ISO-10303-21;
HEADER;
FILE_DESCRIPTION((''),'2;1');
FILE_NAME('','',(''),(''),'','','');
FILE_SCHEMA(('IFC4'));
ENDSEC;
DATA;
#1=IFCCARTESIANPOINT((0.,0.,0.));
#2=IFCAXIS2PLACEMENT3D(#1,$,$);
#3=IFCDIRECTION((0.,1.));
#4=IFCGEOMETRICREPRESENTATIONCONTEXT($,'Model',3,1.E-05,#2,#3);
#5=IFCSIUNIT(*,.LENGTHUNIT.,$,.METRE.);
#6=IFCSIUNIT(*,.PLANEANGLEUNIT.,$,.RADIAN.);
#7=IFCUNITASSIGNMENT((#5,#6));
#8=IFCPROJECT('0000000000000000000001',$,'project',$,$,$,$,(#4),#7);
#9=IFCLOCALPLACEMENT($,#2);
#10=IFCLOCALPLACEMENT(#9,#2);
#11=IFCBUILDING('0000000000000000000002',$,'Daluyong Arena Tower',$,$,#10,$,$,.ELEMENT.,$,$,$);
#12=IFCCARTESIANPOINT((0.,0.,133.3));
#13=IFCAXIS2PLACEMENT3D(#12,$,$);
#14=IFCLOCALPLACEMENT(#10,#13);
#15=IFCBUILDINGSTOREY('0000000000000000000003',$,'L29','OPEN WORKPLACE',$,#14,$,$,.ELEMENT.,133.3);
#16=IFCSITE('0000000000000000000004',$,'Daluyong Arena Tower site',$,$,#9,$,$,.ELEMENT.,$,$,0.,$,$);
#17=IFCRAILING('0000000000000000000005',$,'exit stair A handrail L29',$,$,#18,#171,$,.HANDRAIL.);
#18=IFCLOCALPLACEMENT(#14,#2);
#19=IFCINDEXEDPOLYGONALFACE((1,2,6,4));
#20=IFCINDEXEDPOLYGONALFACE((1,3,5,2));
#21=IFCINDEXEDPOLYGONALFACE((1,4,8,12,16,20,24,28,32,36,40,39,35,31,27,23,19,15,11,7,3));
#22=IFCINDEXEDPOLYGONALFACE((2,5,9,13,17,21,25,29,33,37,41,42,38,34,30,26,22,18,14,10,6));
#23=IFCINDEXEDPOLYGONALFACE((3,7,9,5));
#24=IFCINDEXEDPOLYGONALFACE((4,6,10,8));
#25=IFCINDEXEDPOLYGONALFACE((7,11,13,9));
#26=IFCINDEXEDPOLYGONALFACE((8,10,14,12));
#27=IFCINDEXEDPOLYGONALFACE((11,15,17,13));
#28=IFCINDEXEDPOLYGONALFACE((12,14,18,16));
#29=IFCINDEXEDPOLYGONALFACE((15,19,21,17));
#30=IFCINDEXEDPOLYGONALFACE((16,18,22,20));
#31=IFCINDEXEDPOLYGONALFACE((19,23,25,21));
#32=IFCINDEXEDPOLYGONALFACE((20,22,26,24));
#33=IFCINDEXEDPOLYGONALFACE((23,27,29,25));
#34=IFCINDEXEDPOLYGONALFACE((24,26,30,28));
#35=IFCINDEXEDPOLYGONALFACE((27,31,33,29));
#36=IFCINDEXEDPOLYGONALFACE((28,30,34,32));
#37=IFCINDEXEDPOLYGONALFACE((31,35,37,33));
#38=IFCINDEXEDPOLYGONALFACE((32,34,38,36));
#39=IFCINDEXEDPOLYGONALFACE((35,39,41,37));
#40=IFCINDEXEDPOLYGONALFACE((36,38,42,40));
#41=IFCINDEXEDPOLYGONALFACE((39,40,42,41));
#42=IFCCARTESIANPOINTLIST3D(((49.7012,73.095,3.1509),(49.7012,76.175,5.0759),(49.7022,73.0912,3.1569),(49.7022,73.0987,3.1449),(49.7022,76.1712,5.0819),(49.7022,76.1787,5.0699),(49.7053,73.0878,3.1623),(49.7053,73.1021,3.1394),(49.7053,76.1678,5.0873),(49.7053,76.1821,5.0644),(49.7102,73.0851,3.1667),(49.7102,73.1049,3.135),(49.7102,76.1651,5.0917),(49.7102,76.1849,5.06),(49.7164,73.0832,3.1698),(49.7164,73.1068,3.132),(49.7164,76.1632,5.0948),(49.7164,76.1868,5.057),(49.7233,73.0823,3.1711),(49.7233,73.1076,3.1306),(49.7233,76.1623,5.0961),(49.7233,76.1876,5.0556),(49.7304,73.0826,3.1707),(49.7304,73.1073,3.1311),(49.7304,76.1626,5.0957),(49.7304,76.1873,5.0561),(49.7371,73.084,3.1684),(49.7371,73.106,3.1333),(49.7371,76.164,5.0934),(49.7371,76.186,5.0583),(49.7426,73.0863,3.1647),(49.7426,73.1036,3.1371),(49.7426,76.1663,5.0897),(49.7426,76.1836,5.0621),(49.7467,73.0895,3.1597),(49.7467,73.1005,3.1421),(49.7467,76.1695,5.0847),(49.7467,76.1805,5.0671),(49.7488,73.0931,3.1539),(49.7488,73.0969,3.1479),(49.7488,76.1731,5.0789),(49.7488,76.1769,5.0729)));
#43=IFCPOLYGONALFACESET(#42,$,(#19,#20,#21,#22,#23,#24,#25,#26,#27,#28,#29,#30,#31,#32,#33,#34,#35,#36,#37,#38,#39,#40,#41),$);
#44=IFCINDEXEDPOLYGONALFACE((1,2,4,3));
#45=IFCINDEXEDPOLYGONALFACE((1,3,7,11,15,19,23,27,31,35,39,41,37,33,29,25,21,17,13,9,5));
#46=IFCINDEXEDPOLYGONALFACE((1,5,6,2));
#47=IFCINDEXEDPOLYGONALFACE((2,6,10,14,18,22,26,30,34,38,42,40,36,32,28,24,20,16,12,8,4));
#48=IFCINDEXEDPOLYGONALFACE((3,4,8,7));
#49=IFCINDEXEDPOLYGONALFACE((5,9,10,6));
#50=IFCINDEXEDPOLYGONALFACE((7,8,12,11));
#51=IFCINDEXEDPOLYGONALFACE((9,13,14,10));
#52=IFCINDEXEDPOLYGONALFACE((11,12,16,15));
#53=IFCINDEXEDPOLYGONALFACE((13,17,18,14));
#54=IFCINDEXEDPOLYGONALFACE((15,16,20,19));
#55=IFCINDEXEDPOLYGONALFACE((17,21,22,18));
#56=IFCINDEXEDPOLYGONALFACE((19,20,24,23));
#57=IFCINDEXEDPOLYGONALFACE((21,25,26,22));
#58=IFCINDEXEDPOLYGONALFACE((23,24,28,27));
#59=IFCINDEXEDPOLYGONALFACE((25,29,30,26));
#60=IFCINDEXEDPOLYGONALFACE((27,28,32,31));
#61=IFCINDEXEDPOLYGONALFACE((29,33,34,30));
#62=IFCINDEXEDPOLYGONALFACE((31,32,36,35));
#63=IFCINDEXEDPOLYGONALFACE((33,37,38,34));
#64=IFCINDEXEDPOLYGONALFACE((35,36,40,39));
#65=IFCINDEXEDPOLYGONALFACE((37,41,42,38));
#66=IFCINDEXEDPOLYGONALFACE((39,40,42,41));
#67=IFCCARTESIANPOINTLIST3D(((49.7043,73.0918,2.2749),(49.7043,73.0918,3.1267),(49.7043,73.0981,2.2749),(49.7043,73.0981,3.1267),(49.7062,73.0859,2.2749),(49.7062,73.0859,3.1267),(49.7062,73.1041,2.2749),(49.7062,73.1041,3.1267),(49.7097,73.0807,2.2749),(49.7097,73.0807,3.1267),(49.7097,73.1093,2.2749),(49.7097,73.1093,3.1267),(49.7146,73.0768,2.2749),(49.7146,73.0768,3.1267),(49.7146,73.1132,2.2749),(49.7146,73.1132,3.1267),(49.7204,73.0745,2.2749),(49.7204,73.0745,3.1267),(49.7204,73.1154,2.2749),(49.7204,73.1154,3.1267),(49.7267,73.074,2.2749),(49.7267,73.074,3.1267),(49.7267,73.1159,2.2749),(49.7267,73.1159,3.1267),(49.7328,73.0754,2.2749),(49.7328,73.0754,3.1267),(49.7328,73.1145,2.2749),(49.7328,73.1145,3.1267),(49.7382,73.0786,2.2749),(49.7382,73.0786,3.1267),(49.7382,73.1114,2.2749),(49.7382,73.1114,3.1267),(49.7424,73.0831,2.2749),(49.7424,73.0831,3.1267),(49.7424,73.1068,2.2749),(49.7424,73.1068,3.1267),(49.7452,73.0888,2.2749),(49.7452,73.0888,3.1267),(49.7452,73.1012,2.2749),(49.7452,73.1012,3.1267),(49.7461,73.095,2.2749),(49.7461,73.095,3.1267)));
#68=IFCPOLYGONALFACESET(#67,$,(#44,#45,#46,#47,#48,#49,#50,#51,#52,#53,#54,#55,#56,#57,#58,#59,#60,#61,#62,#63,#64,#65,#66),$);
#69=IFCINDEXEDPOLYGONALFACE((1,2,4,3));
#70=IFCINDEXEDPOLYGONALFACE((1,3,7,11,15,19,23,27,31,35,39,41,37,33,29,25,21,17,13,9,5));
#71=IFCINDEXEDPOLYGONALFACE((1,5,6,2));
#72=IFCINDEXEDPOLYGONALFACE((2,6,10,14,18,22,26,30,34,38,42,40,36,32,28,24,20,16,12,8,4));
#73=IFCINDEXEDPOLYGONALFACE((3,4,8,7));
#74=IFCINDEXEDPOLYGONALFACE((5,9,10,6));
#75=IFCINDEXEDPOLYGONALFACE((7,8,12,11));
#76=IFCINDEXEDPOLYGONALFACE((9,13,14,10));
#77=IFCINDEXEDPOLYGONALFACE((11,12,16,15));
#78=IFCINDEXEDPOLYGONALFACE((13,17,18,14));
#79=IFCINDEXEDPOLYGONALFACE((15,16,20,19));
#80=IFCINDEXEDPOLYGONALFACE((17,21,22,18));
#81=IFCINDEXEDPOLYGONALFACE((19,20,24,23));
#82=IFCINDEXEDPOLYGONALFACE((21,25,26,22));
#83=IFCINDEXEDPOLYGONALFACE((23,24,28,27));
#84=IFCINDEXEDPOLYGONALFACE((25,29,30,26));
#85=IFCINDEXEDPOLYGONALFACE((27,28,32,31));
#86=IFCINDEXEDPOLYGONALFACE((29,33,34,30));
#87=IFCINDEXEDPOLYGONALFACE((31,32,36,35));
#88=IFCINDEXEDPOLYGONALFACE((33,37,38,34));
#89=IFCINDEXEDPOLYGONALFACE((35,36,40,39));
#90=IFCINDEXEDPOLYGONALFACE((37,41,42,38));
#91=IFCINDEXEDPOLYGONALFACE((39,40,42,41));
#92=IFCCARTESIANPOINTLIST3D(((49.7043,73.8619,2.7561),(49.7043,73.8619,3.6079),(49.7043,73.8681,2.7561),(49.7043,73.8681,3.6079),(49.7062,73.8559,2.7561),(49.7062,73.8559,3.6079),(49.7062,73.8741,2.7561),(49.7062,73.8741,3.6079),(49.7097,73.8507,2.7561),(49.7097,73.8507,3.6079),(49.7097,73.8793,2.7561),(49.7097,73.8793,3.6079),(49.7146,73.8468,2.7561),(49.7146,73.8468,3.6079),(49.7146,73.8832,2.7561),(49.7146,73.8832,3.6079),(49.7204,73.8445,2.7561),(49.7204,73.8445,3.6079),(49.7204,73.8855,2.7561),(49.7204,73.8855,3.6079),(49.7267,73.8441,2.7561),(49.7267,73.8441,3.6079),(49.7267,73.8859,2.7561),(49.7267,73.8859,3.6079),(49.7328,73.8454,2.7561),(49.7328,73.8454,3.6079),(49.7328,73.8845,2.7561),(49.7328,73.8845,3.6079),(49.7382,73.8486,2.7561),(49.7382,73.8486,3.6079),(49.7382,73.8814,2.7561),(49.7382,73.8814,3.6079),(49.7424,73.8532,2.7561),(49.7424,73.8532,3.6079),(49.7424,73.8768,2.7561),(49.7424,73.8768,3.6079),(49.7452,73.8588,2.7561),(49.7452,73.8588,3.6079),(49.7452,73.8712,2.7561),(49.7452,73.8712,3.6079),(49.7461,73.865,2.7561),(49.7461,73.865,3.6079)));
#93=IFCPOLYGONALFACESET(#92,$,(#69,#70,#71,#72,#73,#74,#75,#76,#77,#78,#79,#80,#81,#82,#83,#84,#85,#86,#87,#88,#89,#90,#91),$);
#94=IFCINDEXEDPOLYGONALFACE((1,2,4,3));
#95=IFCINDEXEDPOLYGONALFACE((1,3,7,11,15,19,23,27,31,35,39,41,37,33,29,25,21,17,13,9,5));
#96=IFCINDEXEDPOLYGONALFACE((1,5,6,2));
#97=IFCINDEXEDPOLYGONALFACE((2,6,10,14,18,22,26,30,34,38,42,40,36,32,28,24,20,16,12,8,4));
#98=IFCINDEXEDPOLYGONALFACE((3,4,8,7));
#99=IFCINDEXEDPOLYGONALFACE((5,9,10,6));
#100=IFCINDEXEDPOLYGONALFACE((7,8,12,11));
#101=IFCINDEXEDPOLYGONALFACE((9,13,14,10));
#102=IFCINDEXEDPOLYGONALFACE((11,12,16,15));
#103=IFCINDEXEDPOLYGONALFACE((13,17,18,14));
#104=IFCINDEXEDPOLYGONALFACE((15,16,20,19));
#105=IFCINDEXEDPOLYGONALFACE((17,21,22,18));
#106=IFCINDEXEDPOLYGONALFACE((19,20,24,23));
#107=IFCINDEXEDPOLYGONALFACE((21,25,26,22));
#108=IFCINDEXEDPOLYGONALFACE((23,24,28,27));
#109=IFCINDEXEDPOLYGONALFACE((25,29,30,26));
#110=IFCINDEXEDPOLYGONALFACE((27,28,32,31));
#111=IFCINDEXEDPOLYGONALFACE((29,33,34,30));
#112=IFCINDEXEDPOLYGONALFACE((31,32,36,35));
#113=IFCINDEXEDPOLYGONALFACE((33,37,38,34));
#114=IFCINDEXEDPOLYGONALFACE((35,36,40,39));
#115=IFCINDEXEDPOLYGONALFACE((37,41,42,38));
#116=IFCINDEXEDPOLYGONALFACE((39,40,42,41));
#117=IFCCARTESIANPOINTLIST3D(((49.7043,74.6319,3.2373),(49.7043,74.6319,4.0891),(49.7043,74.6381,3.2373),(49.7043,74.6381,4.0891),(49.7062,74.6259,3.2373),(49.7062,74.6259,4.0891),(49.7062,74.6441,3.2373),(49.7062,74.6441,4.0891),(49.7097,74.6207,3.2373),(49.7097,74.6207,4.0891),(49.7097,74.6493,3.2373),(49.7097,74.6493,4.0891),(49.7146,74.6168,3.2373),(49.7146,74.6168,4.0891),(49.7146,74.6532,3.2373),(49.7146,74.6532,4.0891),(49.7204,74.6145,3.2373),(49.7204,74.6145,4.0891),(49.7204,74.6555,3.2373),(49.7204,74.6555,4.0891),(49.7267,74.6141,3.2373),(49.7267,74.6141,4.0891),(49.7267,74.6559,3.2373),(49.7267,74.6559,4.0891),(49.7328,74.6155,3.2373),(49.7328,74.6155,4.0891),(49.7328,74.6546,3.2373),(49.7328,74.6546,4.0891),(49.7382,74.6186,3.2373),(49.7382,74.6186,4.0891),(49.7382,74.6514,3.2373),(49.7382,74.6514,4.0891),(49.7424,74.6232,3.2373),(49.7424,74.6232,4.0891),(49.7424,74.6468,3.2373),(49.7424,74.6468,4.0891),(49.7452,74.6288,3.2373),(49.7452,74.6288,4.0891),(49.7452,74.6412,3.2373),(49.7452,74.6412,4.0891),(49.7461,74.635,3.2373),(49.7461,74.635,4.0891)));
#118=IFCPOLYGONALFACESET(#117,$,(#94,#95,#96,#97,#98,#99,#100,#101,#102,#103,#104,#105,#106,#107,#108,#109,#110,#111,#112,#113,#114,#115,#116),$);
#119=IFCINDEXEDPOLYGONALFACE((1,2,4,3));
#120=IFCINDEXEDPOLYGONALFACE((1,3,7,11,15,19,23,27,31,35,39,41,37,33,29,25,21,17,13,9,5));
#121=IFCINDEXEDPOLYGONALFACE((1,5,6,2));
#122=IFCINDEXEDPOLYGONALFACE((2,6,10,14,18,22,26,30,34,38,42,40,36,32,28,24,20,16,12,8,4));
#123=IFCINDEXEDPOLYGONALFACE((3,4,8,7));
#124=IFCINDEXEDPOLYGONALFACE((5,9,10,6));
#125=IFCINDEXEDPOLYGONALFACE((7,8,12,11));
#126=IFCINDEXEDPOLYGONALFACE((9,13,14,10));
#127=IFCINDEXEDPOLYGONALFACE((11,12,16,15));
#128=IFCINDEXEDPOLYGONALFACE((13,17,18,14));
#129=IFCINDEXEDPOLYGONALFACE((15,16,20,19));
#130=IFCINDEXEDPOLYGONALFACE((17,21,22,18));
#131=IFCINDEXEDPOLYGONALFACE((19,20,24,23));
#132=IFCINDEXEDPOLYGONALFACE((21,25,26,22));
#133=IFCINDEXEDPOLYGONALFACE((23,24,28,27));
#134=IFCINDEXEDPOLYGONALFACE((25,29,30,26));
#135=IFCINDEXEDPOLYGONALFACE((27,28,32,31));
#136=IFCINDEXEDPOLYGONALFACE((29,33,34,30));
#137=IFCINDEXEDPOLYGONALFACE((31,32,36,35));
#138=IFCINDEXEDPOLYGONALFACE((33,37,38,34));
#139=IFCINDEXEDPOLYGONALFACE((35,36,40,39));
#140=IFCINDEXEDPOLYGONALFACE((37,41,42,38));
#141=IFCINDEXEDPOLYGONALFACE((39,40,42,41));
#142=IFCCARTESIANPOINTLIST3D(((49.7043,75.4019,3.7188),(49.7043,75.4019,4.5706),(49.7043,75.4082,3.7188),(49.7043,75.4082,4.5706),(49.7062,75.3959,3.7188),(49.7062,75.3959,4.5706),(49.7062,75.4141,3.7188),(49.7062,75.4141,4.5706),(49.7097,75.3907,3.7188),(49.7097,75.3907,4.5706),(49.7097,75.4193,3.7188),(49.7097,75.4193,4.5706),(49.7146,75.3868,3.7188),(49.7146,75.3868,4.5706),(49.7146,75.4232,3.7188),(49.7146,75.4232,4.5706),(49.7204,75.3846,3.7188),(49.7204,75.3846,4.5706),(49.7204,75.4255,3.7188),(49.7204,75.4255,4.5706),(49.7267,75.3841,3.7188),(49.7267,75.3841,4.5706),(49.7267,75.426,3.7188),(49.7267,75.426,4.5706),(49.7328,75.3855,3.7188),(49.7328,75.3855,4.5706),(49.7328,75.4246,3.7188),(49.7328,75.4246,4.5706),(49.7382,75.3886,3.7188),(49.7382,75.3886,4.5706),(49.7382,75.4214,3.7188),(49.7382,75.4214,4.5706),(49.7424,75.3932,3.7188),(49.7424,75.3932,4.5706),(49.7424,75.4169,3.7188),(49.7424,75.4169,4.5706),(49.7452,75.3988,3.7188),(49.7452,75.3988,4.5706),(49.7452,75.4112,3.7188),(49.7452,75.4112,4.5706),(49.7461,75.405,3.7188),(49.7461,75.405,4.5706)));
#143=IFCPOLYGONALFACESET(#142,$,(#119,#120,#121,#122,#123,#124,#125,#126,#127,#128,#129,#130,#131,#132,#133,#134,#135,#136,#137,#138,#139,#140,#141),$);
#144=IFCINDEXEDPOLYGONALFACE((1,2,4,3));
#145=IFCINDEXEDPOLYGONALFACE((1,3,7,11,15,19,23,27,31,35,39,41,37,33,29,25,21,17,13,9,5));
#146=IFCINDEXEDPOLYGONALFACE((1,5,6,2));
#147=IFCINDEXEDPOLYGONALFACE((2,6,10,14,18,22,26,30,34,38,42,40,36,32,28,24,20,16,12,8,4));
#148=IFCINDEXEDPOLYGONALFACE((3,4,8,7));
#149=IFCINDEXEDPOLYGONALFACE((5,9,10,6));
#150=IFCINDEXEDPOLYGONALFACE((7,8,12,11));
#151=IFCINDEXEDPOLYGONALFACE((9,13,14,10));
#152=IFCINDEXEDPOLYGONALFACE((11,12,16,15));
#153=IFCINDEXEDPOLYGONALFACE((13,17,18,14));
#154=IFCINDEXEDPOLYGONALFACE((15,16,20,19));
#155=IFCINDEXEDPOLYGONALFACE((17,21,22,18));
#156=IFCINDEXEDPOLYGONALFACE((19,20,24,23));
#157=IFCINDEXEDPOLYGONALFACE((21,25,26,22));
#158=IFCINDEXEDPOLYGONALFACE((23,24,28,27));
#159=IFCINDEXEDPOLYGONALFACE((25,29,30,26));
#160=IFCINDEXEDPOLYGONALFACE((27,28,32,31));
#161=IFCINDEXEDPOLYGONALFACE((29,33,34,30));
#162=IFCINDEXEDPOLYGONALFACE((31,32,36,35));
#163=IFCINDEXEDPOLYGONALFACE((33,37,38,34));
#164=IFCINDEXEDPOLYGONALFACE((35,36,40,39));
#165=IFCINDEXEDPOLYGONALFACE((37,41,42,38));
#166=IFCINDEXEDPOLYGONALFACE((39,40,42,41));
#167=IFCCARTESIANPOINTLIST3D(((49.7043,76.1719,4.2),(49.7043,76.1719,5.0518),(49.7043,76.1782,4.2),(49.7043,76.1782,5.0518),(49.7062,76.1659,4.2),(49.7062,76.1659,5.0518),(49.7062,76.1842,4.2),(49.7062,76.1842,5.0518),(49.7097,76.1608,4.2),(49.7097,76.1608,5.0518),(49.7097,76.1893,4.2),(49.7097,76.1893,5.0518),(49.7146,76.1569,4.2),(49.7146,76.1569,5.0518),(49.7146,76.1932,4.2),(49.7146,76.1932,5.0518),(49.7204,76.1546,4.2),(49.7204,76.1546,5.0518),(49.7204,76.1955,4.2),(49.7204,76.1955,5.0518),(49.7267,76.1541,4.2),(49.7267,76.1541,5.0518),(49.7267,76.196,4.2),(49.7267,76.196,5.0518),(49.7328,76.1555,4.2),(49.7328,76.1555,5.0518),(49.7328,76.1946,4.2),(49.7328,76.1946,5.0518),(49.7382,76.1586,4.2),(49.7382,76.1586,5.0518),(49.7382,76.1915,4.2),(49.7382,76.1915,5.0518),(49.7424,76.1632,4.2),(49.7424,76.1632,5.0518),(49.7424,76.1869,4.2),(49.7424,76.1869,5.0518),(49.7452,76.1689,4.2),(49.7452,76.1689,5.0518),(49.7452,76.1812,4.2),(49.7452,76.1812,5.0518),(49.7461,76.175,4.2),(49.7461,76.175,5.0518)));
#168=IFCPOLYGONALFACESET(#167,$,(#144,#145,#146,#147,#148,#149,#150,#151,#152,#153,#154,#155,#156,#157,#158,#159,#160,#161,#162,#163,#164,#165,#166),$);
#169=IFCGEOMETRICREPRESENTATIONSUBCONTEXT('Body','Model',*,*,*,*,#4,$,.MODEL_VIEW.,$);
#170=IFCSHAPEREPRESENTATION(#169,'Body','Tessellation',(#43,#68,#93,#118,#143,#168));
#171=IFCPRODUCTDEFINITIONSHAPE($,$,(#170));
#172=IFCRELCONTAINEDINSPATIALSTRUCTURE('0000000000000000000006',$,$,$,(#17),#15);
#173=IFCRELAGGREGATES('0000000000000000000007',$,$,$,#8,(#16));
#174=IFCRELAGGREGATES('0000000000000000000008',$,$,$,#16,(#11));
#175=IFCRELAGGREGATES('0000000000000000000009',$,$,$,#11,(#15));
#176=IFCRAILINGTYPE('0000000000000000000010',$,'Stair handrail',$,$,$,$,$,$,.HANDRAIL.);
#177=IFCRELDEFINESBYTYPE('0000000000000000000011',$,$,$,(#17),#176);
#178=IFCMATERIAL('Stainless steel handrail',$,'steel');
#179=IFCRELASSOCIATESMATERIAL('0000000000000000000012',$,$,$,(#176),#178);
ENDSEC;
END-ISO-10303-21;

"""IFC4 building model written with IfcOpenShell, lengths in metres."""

from ifc_helpers import new_model, si_unit, direction, frame, origin, origin_2d, place, context, subcontext, project, spatial, circle, extrude, material, type_object, element, save


model = new_model("IFC4")

# Units and contexts
model_context = context("Model", 3, precision=1e-05, world=origin(), true_north=direction((0.0, 1.0)))
body_context = subcontext(model_context, "Body", "Model", "MODEL_VIEW")
ifc_project = project(units=[si_unit("LENGTHUNIT", "METRE"), si_unit("PLANEANGLEUNIT", "RADIAN")], contexts=[model_context])

# Site, building, storey
site_placement = place(None, origin())
site = spatial("IfcSite", under=ifc_project, at=site_placement, Name="Daluyong Arena Tower site", CompositionType="ELEMENT", RefElevation=0.0)
building_placement = place(site_placement, origin())
building = spatial("IfcBuilding", under=site, at=building_placement, Name="Daluyong Arena Tower", CompositionType="ELEMENT")
storey_placement = place(building_placement, frame((0.0, 0.0, 133.3)))
storey = spatial("IfcBuildingStorey", under=building, at=storey_placement, Name="L29", Description="OPEN WORKPLACE", CompositionType="ELEMENT", Elevation=133.3)

# Railing
ifc_material_1 = material(Name="Stainless steel handrail", Category="steel")
railing_type_1 = type_object("IfcRailingType", Name="Stair handrail", PredefinedType="HANDRAIL", material=ifc_material_1)
railing_1_placement = place(storey_placement, frame((49.7251, 73.095, 2.2749)))
element("IfcRailing", 1, at=railing_1_placement, inside=storey, type_object=railing_type_1, Name="exit stair A handrail L29", PredefinedType="HANDRAIL", context=body_context, shape_type="SweptSolid", body=[
    extrude(circle(Radius=0.0239, at=origin_2d()), frame((0.0, 0.0, 0.876), z_axis=(0.0, 0.847998, 0.529999), x_axis=(-1.0, 0.0, 0.0)), (0.0, 0.0, 1.0), 3.6321),
    extrude(circle(Radius=0.021, at=origin_2d()), origin(), (0.0, 0.0, 1.0), 0.8518),
    extrude(circle(Radius=0.021, at=origin_2d()), frame((0.0, 0.77, 0.4812)), (0.0, 0.0, 1.0), 0.8518),
    extrude(circle(Radius=0.021, at=origin_2d()), frame((0.0, 1.54, 0.9624)), (0.0, 0.0, 1.0), 0.8518),
    extrude(circle(Radius=0.021, at=origin_2d()), frame((0.0, 2.3101, 1.4438)), (0.0, 0.0, 1.0), 0.8518),
    extrude(circle(Radius=0.021, at=origin_2d()), frame((0.0, 3.0801, 1.925)), (0.0, 0.0, 1.0), 0.8518),
])

save(model, "model.ifc")
